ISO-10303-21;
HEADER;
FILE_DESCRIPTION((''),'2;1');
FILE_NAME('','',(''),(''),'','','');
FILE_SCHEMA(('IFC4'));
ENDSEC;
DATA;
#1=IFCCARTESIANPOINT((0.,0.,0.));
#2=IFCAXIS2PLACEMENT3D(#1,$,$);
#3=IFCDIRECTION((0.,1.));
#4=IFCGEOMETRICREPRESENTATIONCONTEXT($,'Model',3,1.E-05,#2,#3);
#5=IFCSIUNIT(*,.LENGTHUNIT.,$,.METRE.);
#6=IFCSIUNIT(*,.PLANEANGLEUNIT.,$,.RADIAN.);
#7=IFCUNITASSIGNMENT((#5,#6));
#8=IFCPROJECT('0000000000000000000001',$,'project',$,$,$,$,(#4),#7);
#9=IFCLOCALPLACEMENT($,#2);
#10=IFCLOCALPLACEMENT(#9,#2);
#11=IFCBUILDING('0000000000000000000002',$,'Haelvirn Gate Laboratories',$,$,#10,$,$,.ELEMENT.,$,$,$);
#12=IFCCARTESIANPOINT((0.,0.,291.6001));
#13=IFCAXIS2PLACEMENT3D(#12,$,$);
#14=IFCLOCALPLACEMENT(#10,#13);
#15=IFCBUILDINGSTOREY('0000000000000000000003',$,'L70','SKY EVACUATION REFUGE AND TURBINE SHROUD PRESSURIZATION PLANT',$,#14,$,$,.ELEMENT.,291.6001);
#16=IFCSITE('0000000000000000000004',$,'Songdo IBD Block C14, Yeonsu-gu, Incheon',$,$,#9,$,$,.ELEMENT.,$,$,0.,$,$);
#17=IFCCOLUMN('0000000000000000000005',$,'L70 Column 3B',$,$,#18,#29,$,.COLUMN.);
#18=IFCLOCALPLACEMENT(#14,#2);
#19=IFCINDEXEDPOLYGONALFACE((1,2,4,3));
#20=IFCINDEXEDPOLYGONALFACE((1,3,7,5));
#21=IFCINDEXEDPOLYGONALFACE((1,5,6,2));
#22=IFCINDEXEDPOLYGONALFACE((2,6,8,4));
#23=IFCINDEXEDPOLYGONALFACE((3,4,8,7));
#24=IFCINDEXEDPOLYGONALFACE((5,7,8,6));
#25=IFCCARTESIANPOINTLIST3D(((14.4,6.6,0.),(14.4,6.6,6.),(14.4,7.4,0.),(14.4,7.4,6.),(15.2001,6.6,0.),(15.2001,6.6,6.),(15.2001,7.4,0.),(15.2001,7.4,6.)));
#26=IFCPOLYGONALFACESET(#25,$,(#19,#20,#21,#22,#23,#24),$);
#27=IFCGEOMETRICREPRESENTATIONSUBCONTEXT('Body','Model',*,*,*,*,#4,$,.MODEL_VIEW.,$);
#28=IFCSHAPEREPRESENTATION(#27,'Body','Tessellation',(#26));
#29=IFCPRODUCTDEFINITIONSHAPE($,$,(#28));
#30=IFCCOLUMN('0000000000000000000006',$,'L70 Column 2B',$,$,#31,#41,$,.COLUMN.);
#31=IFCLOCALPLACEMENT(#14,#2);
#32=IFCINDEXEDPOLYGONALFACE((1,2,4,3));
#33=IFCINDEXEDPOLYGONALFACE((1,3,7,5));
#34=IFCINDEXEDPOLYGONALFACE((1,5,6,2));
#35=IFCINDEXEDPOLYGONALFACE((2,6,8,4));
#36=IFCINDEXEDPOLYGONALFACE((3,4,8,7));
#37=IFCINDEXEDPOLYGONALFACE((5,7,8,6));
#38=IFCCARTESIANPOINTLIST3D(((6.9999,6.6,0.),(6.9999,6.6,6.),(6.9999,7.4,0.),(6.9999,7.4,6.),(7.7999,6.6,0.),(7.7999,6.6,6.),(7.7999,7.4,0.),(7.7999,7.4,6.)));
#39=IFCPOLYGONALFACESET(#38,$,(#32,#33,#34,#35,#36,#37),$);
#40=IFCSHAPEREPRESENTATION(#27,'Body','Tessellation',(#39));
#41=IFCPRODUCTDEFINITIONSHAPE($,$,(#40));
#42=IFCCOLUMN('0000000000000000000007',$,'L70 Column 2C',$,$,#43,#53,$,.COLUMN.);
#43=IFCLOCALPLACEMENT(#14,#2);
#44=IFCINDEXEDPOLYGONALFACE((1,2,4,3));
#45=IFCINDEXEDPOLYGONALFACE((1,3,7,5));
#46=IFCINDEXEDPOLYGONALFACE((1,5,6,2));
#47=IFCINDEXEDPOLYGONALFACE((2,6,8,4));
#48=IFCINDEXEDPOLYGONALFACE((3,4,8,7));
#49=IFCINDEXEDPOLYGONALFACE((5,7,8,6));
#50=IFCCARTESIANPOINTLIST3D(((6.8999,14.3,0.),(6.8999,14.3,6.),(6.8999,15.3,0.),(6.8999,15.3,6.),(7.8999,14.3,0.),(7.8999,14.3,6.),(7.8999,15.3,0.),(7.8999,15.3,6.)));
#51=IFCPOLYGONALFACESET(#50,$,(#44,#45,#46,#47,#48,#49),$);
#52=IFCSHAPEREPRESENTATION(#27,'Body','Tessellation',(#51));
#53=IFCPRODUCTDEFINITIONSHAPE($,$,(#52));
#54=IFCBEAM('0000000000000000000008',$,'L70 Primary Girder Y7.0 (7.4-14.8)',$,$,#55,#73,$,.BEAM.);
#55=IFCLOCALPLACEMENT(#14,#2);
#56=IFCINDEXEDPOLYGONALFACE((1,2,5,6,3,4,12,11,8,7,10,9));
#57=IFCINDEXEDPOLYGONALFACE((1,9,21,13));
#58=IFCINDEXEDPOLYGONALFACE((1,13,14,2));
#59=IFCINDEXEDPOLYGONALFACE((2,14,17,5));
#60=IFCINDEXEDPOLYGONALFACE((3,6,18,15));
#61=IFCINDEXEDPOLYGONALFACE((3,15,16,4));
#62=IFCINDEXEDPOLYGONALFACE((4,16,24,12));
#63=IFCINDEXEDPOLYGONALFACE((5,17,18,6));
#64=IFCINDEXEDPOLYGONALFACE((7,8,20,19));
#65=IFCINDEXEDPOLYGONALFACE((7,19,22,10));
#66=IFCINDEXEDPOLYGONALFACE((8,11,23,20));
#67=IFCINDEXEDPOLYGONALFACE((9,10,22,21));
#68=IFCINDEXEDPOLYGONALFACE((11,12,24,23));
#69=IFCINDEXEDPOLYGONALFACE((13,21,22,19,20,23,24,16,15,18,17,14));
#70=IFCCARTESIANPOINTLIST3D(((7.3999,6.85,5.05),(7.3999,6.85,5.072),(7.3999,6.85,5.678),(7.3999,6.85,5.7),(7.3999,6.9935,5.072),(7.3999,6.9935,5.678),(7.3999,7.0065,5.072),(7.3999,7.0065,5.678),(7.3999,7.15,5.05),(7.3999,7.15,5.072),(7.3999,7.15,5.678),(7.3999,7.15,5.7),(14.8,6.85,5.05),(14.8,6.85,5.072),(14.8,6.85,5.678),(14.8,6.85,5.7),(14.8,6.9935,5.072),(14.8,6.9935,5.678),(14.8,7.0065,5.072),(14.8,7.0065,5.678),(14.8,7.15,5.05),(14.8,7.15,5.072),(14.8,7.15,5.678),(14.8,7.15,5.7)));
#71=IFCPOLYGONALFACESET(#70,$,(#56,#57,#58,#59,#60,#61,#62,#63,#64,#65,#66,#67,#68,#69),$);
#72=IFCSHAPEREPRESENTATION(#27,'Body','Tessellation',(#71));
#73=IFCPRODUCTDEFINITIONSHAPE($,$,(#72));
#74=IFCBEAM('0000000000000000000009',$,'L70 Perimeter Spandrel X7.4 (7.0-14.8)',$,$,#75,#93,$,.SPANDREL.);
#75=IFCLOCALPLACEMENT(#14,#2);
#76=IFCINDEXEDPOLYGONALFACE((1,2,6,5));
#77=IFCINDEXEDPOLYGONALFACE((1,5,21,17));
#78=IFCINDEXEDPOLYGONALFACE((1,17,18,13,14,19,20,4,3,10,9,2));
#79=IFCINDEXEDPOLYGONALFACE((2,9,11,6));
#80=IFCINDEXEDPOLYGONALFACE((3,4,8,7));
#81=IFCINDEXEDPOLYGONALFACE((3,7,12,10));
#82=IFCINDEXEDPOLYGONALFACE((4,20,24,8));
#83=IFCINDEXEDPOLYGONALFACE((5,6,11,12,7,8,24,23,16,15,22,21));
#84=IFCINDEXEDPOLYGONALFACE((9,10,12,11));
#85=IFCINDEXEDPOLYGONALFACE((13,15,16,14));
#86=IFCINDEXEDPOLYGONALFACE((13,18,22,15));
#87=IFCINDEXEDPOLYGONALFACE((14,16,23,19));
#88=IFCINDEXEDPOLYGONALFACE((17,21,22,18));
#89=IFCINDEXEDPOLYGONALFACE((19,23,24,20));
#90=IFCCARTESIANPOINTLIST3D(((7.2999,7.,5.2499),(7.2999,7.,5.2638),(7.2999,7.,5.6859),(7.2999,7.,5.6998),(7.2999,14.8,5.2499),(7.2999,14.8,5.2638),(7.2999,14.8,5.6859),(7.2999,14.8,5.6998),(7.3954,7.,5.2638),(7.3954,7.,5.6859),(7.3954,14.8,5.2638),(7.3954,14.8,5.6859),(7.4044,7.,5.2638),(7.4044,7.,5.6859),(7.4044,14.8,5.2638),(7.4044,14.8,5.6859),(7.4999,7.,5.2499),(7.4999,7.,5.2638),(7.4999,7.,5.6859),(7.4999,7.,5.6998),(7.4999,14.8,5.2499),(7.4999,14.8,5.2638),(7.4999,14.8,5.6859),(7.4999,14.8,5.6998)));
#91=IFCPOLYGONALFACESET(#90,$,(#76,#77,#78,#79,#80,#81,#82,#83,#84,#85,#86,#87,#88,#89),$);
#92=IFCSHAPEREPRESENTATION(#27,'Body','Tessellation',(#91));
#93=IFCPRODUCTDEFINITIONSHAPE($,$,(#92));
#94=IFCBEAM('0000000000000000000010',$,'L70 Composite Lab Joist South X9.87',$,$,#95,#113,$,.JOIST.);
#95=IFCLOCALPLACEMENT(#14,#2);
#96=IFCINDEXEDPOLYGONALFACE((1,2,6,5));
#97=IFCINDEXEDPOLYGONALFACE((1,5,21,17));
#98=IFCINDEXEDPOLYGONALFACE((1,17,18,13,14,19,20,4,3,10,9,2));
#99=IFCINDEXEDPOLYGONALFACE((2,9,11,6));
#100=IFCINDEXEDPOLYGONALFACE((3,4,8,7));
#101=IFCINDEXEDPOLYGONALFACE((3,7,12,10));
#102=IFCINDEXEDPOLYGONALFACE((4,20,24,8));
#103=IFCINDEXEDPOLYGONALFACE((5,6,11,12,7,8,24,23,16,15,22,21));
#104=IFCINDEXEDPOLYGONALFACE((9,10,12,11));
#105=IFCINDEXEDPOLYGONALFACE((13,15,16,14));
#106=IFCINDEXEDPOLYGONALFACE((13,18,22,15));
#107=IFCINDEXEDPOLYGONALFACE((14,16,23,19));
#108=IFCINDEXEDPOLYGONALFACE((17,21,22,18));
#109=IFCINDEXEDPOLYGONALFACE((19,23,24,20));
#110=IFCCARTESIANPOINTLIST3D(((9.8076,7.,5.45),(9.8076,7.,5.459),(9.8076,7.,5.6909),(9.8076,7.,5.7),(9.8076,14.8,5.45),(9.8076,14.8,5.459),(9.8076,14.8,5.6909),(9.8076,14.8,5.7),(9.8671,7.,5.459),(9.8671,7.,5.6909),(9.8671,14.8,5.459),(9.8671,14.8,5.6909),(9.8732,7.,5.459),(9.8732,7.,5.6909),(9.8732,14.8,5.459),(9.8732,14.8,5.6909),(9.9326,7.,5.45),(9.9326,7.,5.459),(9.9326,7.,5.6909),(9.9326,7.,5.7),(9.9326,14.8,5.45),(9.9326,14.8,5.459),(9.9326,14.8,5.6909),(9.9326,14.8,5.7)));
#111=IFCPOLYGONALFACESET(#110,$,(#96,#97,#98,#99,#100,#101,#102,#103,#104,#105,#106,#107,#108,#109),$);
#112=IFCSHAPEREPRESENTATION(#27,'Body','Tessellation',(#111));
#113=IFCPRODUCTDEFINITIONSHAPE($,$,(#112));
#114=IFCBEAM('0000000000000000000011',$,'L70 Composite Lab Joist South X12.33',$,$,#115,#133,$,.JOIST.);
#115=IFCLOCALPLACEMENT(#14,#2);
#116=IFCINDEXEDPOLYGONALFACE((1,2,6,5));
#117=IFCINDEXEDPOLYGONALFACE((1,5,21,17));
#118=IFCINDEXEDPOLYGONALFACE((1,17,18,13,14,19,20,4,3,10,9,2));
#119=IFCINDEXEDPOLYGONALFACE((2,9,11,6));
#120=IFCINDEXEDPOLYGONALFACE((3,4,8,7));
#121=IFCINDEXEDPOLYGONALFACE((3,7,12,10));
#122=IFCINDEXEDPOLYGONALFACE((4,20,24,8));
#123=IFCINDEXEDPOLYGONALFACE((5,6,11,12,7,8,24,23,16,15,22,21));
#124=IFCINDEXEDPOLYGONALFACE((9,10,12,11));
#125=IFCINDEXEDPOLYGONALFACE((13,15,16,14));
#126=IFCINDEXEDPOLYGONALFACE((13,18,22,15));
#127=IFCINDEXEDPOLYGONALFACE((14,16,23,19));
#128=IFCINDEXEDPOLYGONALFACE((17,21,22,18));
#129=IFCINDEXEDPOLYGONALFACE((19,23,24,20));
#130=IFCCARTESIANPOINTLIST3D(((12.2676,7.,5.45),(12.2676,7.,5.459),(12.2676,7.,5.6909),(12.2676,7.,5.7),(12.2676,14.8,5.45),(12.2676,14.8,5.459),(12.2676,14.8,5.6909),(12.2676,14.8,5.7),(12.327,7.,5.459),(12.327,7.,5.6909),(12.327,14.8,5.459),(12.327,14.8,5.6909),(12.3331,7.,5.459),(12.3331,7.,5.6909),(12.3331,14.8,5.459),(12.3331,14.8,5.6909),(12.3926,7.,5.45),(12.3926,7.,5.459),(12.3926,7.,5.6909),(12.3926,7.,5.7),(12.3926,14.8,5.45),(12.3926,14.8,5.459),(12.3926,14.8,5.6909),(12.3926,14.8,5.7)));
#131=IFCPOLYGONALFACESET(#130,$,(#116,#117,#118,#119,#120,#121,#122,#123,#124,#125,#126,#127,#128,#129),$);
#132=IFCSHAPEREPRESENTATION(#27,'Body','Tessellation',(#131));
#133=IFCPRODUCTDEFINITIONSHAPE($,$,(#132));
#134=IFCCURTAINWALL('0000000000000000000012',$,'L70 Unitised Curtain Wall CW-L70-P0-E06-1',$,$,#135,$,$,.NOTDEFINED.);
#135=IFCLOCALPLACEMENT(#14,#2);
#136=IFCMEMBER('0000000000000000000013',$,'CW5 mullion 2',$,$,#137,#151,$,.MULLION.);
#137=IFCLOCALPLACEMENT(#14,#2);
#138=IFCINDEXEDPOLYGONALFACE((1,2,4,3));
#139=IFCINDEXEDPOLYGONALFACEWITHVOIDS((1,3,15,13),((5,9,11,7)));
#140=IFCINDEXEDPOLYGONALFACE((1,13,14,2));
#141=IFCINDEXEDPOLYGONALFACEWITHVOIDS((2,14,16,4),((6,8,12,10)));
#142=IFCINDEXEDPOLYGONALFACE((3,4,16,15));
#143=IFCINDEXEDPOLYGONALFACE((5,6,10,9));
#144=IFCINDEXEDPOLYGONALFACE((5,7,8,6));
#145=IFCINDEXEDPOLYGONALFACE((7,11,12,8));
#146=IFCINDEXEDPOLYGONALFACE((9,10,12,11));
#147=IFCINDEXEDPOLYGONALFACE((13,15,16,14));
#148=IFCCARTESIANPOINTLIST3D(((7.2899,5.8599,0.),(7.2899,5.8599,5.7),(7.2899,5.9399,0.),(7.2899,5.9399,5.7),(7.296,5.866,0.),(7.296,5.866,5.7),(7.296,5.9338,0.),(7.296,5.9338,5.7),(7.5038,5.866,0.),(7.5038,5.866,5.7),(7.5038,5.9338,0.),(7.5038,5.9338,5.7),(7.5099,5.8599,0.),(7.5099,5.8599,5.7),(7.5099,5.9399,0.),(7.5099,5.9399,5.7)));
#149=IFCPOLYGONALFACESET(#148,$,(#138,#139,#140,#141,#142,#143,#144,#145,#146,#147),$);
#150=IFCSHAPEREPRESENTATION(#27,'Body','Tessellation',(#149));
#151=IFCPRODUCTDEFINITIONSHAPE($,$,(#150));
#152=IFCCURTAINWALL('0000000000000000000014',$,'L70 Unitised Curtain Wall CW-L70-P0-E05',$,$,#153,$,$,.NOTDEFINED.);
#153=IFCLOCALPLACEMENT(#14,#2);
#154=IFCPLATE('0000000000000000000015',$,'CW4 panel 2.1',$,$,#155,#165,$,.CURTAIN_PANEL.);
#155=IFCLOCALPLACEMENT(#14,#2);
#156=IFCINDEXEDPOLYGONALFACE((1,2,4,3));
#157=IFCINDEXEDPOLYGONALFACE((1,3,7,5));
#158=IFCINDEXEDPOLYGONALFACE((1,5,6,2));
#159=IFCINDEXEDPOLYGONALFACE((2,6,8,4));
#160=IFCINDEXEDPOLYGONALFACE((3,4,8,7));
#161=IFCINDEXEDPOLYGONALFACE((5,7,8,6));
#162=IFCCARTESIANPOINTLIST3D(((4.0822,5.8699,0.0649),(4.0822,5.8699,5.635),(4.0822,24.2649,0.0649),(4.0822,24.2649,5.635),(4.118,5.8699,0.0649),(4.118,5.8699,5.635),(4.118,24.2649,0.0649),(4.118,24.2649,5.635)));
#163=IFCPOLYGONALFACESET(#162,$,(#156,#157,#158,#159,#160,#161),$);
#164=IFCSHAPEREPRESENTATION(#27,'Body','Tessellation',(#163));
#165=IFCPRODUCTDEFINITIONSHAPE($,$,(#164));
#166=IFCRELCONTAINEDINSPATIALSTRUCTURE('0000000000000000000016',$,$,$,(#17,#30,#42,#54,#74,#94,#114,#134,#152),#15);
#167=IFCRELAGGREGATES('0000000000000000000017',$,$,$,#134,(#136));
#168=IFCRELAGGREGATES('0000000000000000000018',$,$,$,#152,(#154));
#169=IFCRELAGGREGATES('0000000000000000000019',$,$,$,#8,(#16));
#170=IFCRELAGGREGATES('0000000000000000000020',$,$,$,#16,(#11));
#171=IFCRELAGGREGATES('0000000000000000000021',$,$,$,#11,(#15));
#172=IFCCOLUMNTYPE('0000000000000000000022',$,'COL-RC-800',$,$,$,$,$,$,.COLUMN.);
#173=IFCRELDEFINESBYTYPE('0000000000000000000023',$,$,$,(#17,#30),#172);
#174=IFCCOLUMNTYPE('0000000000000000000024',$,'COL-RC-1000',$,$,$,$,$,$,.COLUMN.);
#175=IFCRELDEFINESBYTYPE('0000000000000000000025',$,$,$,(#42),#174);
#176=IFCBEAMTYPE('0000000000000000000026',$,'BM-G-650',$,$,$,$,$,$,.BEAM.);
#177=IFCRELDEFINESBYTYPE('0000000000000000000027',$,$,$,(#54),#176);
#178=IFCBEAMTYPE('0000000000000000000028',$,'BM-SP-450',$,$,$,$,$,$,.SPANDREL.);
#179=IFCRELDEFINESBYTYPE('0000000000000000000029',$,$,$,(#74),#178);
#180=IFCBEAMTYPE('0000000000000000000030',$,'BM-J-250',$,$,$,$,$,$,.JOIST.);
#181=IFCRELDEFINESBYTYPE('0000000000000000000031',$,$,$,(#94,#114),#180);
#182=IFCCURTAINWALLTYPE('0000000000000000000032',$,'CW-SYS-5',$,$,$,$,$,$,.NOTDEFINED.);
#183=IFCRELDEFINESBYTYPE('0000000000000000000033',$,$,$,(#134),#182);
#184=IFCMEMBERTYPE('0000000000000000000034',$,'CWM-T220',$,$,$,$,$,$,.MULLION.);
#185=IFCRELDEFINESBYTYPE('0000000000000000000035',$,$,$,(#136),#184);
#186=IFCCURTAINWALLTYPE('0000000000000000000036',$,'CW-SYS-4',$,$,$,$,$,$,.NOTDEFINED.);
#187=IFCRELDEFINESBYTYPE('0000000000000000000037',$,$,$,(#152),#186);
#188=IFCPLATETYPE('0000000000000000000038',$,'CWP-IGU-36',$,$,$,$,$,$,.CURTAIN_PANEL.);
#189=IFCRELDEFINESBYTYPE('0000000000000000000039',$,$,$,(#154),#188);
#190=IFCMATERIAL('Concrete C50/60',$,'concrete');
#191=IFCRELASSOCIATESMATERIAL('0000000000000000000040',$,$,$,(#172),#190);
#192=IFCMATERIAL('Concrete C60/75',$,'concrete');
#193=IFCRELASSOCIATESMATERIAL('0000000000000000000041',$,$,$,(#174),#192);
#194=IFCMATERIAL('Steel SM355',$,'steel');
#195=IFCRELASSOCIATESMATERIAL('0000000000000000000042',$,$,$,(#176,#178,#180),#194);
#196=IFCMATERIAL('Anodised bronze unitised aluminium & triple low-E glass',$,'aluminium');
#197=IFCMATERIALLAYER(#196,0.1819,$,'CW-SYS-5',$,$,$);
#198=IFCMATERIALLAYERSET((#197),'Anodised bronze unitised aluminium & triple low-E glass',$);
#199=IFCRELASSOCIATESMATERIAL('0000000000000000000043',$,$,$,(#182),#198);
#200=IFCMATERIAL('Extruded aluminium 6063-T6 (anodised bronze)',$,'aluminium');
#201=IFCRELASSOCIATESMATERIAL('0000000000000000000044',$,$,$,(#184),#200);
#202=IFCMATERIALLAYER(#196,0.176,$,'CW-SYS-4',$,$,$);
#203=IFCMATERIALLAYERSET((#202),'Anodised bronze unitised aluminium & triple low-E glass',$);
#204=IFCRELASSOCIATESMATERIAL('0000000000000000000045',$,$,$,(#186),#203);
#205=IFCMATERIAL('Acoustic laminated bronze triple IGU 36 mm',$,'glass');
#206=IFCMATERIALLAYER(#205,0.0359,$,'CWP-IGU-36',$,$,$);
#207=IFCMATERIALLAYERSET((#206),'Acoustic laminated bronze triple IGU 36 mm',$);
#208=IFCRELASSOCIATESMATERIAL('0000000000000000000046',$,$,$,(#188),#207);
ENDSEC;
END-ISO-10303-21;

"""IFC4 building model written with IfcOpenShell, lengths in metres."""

from ifc_helpers import new_model, si_unit, direction, frame, origin, origin_2d, place, context, subcontext, project, spatial, rectangle, hollow_rectangle, i_section, extrude, source, transform, mapped, material, layer, layer_set, material_profile, profile_set, type_object, type_shapes, element, aggregate, save


model = new_model("IFC4")

# Units and contexts
model_context = context("Model", 3, precision=1e-05, world=origin(), true_north=direction((0.0, 1.0)))
body_context = subcontext(model_context, "Body", "Model", "MODEL_VIEW")
ifc_project = project(units=[si_unit("LENGTHUNIT", "METRE"), si_unit("PLANEANGLEUNIT", "RADIAN")], contexts=[model_context])

# Site, building, storey
site_placement = place(None, origin())
site = spatial("IfcSite", under=ifc_project, at=site_placement, Name="Songdo IBD Block C14, Yeonsu-gu, Incheon", CompositionType="ELEMENT", RefElevation=0.0)
building_placement = place(site_placement, origin())
building = spatial("IfcBuilding", under=site, at=building_placement, Name="Haelvirn Gate Laboratories", CompositionType="ELEMENT")
storey_placement = place(building_placement, frame((0.0, 0.0, 291.6001)))
storey = spatial("IfcBuildingStorey", under=building, at=storey_placement, Name="L70", Description="SKY EVACUATION REFUGE AND TURBINE SHROUD PRESSURIZATION PLANT", CompositionType="ELEMENT", Elevation=291.6001)

# Columns
ifc_material_1 = material(Name="Concrete C50/60", Category="concrete")
ifc_material_profile_1 = material_profile(ifc_material_1, rectangle(XDim=0.8, YDim=0.8, at=origin_2d()), Name="RC-800x800")
ifc_profile_set_1 = profile_set([ifc_material_profile_1], Name="Concrete C50/60")
column_type_1 = type_object("IfcColumnType", Name="COL-RC-800", PredefinedType="COLUMN", material=ifc_profile_set_1)
shared_shape_1 = source(origin(), body_context, "Body", "SweptSolid", [
    extrude(rectangle(XDim=0.8, YDim=0.8, at=origin_2d()), origin(), (0.0, 0.0, 1.0), 6.0),
])
type_shapes(column_type_1, [shared_shape_1])
for number, where, z_axis, x_axis, name in (
    (1, (14.8, 7.0, 0.0), (0.0, 0.0, 1.0), (1.0, 0.0, 0.0), "L70 Column 3B"),
    (2, (7.3999, 7.0, 0.0), (0.0, 0.0, 1.0), (1.0, 0.0, 0.0), "L70 Column 2B"),
):
    element("IfcColumn", number, at=place(storey_placement, frame(where, z_axis=z_axis, x_axis=x_axis)), inside=storey, type_object=column_type_1, Name=name, PredefinedType="COLUMN", context=body_context, shape_type="MappedRepresentation", body=[
        mapped(shared_shape_1, transform((0.0, 0.0, 0.0), scale=1.0)),
    ])
ifc_material_2 = material(Name="Concrete C60/75", Category="concrete")
ifc_material_profile_2 = material_profile(ifc_material_2, rectangle(XDim=1.0, YDim=1.0, at=origin_2d()), Name="RC-1000x1000")
ifc_profile_set_2 = profile_set([ifc_material_profile_2], Name="Concrete C60/75")
column_type_2 = type_object("IfcColumnType", Name="COL-RC-1000", PredefinedType="COLUMN", material=ifc_profile_set_2)
shared_shape_2 = source(origin(), body_context, "Body", "SweptSolid", [
    extrude(rectangle(XDim=1.0, YDim=1.0, at=origin_2d()), origin(), (0.0, 0.0, 1.0), 6.0),
])
type_shapes(column_type_2, [shared_shape_2])
column_placement = place(storey_placement, frame((7.3999, 14.8, 0.0), z_axis=(0.0, 0.0, 1.0), x_axis=(1.0, 0.0, 0.0)))
element("IfcColumn", 3, at=column_placement, inside=storey, type_object=column_type_2, Name="L70 Column 2C", PredefinedType="COLUMN", context=body_context, shape_type="MappedRepresentation", body=[
    mapped(shared_shape_2, transform((0.0, 0.0, 0.0), scale=1.0)),
])

# Beams
ifc_material_3 = material(Name="Steel SM355", Category="steel")
ifc_material_profile_3 = material_profile(ifc_material_3, i_section(OverallWidth=0.3, OverallDepth=0.6499, WebThickness=0.0129, FlangeThickness=0.022, at=origin_2d()), Name="H-650x300x13x22")
ifc_profile_set_3 = profile_set([ifc_material_profile_3], Name="Steel SM355")
beam_type_1 = type_object("IfcBeamType", Name="BM-G-650", PredefinedType="BEAM", material=ifc_profile_set_3)
shared_shape_3 = source(origin(), body_context, "Body", "SweptSolid", [
    extrude(i_section(OverallWidth=0.3, OverallDepth=0.6499, WebThickness=0.0129, FlangeThickness=0.022, at=origin_2d()), origin(), (0.0, 0.0, 1.0), 7.4001),
])
type_shapes(beam_type_1, [shared_shape_3])
beam_1_placement = place(storey_placement, frame((7.3999, 7.0, 5.375), z_axis=(1.0, 0.0, 0.0), x_axis=(0.0, 1.0, 0.0)))
element("IfcBeam", 4, at=beam_1_placement, inside=storey, type_object=beam_type_1, Name="L70 Primary Girder Y7.0 (7.4-14.8)", PredefinedType="BEAM", context=body_context, shape_type="MappedRepresentation", body=[
    mapped(shared_shape_3, transform((0.0, 0.0, 0.0), scale=1.0)),
])
ifc_material_profile_4 = material_profile(ifc_material_3, i_section(OverallWidth=0.2, OverallDepth=0.45, WebThickness=0.009, FlangeThickness=0.0139, at=origin_2d()), Name="H-450x200x9x14")
ifc_profile_set_4 = profile_set([ifc_material_profile_4], Name="Steel SM355")
beam_type_2 = type_object("IfcBeamType", Name="BM-SP-450", PredefinedType="SPANDREL", material=ifc_profile_set_4)
shared_shape_4 = source(origin(), body_context, "Body", "SweptSolid", [
    extrude(i_section(OverallWidth=0.2, OverallDepth=0.45, WebThickness=0.009, FlangeThickness=0.0139, at=origin_2d()), origin(), (0.0, 0.0, 1.0), 7.8),
])
type_shapes(beam_type_2, [shared_shape_4])
beam_2_placement = place(storey_placement, frame((7.3999, 7.0, 5.4749), z_axis=(0.0, 1.0, 0.0), x_axis=(-1.0, 0.0, 0.0)))
element("IfcBeam", 5, at=beam_2_placement, inside=storey, type_object=beam_type_2, Name="L70 Perimeter Spandrel X7.4 (7.0-14.8)", PredefinedType="SPANDREL", context=body_context, shape_type="MappedRepresentation", body=[
    mapped(shared_shape_4, transform((0.0, 0.0, 0.0), scale=1.0)),
])
ifc_material_profile_5 = material_profile(ifc_material_3, i_section(OverallWidth=0.125, OverallDepth=0.25, WebThickness=0.0061, FlangeThickness=0.009, at=origin_2d()), Name="H-250x125x6x9")
ifc_profile_set_5 = profile_set([ifc_material_profile_5], Name="Steel SM355")
beam_type_3 = type_object("IfcBeamType", Name="BM-J-250", PredefinedType="JOIST", material=ifc_profile_set_5)
shared_shape_5 = source(origin(), body_context, "Body", "SweptSolid", [
    extrude(i_section(OverallWidth=0.125, OverallDepth=0.25, WebThickness=0.0061, FlangeThickness=0.009, at=origin_2d()), origin(), (0.0, 0.0, 1.0), 7.8),
])
type_shapes(beam_type_3, [shared_shape_5])
for number, where, z_axis, x_axis, name in (
    (6, (9.8701, 7.0, 5.575), (0.0, 1.0, 0.0), (-1.0, 0.0, 0.0), "L70 Composite Lab Joist South X9.87"),
    (7, (12.3301, 7.0, 5.575), (0.0, 1.0, 0.0), (-1.0, 0.0, 0.0), "L70 Composite Lab Joist South X12.33"),
):
    element("IfcBeam", number, at=place(storey_placement, frame(where, z_axis=z_axis, x_axis=x_axis)), inside=storey, type_object=beam_type_3, Name=name, PredefinedType="JOIST", context=body_context, shape_type="MappedRepresentation", body=[
        mapped(shared_shape_5, transform((0.0, 0.0, 0.0), scale=1.0)),
    ])

# Curtain wall, member
ifc_material_4 = material(Name="Anodised bronze unitised aluminium & triple low-E glass", Category="aluminium")
ifc_layer_1 = layer(ifc_material_4, 0.1819, Name="CW-SYS-5")
ifc_layer_set_1 = layer_set([ifc_layer_1], Name="Anodised bronze unitised aluminium & triple low-E glass")
curtain_wall_type_1 = type_object("IfcCurtainWallType", Name="CW-SYS-5", PredefinedType="NOTDEFINED", material=ifc_layer_set_1)
curtain_wall_1_placement = place(storey_placement, origin())
curtain_wall_1 = element("IfcCurtainWall", 8, at=curtain_wall_1_placement, inside=storey, type_object=curtain_wall_type_1, Name="L70 Unitised Curtain Wall CW-L70-P0-E06-1", PredefinedType="NOTDEFINED")
ifc_material_5 = material(Name="Extruded aluminium 6063-T6 (anodised bronze)", Category="aluminium")
ifc_material_profile_6 = material_profile(ifc_material_5, hollow_rectangle(XDim=0.0801, YDim=0.22, WallThickness=0.0061, at=origin_2d()), Name="CWM-220x80x6")
ifc_profile_set_6 = profile_set([ifc_material_profile_6], Name="Extruded aluminium 6063-T6 (anodised bronze)")
member_type = type_object("IfcMemberType", Name="CWM-T220", PredefinedType="MULLION", material=ifc_profile_set_6)
shared_shape_6 = source(origin(), body_context, "Body", "SweptSolid", [
    extrude(hollow_rectangle(XDim=0.0801, YDim=0.22, WallThickness=0.0061, at=origin_2d()), origin(), (0.0, 0.0, 1.0), 5.7),
])
type_shapes(member_type, [shared_shape_6])
member_placement = place(storey_placement, frame((7.3999, 5.8999, 0.0), z_axis=(0.0, 0.0, 1.0), x_axis=(0.0, 1.0, 0.0)))
member = element("IfcMember", 9, at=member_placement, type_object=member_type, Name="CW5 mullion 2", PredefinedType="MULLION", context=body_context, shape_type="MappedRepresentation", body=[
    mapped(shared_shape_6, transform((0.0, 0.0, 0.0), scale=1.0)),
])
aggregate(curtain_wall_1, [member])

# Curtain wall, plate
ifc_layer_2 = layer(ifc_material_4, 0.176, Name="CW-SYS-4")
ifc_layer_set_2 = layer_set([ifc_layer_2], Name="Anodised bronze unitised aluminium & triple low-E glass")
curtain_wall_type_2 = type_object("IfcCurtainWallType", Name="CW-SYS-4", PredefinedType="NOTDEFINED", material=ifc_layer_set_2)
curtain_wall_2_placement = place(storey_placement, origin())
curtain_wall_2 = element("IfcCurtainWall", 10, at=curtain_wall_2_placement, inside=storey, type_object=curtain_wall_type_2, Name="L70 Unitised Curtain Wall CW-L70-P0-E05", PredefinedType="NOTDEFINED")
ifc_material_6 = material(Name="Acoustic laminated bronze triple IGU 36 mm", Category="glass")
ifc_layer_3 = layer(ifc_material_6, 0.0359, Name="CWP-IGU-36")
ifc_layer_set_3 = layer_set([ifc_layer_3], Name="Acoustic laminated bronze triple IGU 36 mm")
plate_type = type_object("IfcPlateType", Name="CWP-IGU-36", PredefinedType="CURTAIN_PANEL", material=ifc_layer_set_3)
shared_shape_7 = source(origin(), body_context, "Body", "SweptSolid", [
    extrude(rectangle(XDim=18.395, YDim=0.0359, at=origin_2d()), origin(), (0.0, 0.0, 1.0), 5.5701),
])
type_shapes(plate_type, [shared_shape_7])
plate_placement = place(storey_placement, frame((4.1001, 15.0674, 0.0649), z_axis=(0.0, 0.0, 1.0), x_axis=(0.0, -1.0, 0.0)))
plate = element("IfcPlate", 11, at=plate_placement, type_object=plate_type, Name="CW4 panel 2.1", PredefinedType="CURTAIN_PANEL", context=body_context, shape_type="MappedRepresentation", body=[
    mapped(shared_shape_7, transform((0.0, 0.0, 0.0), scale=1.0)),
])
aggregate(curtain_wall_2, [plate])

save(model, "model.ifc")
